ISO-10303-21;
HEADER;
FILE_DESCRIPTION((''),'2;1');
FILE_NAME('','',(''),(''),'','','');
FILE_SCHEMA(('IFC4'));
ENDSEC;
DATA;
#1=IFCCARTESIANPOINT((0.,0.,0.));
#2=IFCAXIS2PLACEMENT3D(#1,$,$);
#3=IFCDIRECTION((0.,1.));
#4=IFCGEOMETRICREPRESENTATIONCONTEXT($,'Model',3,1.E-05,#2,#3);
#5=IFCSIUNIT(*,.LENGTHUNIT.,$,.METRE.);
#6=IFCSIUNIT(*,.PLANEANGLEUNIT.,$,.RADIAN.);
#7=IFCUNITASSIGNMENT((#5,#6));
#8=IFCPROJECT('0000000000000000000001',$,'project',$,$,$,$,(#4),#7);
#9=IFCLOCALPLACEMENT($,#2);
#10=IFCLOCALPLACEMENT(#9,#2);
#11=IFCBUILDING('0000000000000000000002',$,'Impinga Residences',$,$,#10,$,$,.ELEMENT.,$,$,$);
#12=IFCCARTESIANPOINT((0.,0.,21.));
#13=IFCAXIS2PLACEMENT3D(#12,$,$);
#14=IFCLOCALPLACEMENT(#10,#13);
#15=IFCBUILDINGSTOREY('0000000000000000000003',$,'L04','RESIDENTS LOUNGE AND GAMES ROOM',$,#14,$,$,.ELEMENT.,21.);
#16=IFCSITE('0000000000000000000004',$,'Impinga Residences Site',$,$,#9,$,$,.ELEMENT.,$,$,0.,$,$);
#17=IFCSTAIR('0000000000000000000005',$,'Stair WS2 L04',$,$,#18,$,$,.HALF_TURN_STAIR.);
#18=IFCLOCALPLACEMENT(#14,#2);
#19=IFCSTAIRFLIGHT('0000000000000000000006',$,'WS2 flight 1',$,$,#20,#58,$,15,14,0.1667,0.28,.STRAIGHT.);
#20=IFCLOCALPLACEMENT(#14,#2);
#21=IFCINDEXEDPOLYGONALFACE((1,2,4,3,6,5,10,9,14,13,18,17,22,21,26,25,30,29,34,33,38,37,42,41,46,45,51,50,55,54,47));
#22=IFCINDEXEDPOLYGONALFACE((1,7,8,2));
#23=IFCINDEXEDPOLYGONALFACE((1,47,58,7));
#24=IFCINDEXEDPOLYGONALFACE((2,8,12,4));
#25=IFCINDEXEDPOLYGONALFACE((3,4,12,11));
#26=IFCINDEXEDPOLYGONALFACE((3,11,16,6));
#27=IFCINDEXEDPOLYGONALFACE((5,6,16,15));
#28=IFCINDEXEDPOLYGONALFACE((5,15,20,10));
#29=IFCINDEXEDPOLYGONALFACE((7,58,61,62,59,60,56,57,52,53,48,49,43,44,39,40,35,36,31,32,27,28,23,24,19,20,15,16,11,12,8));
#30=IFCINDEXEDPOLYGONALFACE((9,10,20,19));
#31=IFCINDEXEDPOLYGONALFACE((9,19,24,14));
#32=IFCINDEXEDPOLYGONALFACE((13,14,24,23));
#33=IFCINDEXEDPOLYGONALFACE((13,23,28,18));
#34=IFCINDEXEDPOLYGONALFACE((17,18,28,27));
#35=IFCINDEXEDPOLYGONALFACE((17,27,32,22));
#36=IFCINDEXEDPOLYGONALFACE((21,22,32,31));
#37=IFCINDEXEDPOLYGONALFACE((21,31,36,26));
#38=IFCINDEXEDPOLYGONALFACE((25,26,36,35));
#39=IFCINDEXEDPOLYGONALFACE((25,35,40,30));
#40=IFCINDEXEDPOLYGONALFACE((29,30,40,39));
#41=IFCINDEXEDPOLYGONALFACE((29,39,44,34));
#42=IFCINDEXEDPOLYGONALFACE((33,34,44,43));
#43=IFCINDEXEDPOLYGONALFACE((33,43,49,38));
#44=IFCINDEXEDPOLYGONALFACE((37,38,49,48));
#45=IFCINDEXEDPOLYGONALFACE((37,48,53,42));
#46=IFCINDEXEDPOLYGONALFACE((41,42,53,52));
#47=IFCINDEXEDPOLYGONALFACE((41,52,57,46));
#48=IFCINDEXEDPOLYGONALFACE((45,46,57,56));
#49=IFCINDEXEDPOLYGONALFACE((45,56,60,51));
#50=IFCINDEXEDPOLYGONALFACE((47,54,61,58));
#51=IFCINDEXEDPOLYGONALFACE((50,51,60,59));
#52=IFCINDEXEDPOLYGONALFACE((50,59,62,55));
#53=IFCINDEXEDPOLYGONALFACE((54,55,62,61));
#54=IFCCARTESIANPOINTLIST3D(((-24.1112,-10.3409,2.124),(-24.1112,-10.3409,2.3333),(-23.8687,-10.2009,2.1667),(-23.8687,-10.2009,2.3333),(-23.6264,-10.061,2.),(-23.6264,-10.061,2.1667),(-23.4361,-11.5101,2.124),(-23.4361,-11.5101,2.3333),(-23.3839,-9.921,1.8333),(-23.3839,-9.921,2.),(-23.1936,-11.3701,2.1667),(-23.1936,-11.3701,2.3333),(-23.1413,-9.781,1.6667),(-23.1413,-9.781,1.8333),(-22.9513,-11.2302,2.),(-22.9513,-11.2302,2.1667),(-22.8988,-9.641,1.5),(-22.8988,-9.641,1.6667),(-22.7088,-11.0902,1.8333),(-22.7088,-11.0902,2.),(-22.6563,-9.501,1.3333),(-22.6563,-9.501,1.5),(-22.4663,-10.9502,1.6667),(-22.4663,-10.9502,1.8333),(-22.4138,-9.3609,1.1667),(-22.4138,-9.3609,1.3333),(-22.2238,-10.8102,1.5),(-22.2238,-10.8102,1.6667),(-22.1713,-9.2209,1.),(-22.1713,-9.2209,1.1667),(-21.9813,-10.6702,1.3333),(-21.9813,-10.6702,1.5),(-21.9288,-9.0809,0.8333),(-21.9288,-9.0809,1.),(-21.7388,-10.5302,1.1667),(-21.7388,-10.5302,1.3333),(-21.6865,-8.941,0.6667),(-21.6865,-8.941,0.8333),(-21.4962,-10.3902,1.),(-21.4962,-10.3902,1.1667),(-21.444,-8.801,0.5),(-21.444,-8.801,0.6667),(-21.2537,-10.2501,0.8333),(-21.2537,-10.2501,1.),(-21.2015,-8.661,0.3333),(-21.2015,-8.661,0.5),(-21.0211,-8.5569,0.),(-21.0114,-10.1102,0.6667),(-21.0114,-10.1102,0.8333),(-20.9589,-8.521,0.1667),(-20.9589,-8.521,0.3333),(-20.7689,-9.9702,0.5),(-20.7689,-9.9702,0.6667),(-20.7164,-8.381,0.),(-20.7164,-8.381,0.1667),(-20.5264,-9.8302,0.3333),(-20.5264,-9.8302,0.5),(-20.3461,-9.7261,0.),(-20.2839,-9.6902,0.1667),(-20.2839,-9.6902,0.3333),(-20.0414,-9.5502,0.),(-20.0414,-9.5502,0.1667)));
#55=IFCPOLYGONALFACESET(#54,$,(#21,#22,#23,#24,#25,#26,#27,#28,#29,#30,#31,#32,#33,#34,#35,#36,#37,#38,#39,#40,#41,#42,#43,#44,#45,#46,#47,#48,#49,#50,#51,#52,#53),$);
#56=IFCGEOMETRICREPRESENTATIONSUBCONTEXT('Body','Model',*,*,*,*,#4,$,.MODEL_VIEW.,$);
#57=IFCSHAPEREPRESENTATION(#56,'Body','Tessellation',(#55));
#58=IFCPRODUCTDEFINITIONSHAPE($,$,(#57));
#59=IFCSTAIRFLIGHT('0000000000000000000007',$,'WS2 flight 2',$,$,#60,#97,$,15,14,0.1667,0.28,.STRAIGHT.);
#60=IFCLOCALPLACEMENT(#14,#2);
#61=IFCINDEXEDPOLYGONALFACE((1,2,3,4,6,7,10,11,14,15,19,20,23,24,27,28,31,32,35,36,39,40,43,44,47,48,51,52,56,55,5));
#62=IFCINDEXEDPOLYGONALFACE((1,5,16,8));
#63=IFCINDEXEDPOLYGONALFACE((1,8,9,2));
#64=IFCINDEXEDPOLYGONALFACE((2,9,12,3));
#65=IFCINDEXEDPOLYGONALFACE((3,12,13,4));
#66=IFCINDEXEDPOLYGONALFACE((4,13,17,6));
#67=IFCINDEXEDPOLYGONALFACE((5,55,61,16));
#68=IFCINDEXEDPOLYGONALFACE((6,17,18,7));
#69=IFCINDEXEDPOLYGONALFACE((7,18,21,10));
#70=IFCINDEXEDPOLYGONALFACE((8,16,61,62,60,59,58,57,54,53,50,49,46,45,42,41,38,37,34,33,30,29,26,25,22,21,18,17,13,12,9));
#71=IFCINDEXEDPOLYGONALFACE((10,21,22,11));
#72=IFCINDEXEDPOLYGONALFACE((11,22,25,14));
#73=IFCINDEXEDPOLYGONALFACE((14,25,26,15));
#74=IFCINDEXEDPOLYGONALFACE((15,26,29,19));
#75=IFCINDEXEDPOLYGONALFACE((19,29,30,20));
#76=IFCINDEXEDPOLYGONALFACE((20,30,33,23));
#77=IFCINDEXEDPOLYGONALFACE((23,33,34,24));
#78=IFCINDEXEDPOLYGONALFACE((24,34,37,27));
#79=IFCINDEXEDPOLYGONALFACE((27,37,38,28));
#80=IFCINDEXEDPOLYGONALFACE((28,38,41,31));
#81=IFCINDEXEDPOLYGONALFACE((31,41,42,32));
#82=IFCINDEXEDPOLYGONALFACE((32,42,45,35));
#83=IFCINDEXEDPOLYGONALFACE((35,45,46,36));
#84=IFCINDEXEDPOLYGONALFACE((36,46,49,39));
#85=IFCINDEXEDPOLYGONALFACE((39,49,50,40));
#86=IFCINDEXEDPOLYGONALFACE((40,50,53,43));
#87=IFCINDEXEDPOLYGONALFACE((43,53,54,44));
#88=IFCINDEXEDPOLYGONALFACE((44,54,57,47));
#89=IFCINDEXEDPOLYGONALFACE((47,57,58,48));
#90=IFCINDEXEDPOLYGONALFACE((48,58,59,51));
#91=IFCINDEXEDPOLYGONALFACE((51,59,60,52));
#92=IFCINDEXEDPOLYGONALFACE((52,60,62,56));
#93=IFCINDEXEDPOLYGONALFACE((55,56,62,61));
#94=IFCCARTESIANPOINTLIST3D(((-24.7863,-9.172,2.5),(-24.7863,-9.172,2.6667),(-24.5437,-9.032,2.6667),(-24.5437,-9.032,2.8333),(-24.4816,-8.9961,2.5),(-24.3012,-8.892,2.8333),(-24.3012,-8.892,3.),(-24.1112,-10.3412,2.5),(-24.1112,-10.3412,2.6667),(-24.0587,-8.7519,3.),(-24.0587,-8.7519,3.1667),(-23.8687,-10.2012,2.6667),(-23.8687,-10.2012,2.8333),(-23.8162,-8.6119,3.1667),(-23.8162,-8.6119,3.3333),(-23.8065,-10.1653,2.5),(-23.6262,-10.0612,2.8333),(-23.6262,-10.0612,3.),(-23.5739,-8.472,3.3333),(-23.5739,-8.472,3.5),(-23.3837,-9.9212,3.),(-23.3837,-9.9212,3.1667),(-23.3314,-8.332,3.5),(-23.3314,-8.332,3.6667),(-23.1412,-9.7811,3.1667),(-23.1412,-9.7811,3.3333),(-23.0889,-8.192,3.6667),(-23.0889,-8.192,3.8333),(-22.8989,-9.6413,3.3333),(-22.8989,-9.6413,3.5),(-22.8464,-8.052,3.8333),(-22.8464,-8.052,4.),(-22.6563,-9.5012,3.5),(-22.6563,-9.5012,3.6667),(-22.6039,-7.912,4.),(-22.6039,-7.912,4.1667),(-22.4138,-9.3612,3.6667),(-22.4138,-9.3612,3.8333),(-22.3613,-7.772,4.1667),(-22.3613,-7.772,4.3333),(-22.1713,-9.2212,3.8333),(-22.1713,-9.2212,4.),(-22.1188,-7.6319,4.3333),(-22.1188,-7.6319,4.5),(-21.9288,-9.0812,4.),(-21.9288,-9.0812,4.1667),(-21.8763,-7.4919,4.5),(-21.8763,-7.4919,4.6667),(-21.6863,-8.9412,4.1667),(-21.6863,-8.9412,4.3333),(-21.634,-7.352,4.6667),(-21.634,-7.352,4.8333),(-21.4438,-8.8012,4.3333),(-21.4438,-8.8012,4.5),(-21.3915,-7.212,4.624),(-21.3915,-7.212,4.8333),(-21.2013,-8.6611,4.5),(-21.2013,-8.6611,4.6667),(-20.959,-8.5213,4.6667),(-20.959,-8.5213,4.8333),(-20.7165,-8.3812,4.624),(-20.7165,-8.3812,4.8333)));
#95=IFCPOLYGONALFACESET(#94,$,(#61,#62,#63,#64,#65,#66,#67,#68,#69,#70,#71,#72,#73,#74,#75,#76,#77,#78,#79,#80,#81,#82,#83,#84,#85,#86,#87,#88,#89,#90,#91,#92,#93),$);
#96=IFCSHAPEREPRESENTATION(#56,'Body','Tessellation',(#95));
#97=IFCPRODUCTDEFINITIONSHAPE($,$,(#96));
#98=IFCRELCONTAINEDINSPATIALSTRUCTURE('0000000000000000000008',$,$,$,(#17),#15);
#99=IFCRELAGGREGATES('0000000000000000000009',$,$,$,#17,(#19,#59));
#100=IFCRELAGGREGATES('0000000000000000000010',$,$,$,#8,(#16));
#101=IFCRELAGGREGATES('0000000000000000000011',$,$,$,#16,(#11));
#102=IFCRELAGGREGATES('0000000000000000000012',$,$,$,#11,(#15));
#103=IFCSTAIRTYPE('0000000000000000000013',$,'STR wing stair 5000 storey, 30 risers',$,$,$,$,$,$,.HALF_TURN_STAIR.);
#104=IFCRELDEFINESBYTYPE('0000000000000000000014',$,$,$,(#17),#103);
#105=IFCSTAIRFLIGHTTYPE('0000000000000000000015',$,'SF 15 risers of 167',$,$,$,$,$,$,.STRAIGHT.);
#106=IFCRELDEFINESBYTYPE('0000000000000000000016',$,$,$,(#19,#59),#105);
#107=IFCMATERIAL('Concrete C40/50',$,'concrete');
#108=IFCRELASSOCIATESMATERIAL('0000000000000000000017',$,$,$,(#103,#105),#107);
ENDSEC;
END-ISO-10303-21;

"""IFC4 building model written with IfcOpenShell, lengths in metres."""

from ifc_helpers import new_model, si_unit, direction, frame, origin, place, context, subcontext, project, spatial, polyline, outline, extrude, material, type_object, element, aggregate, save


model = new_model("IFC4")

# Units and contexts
model_context = context("Model", 3, precision=1e-05, world=origin(), true_north=direction((0.0, 1.0)))
body_context = subcontext(model_context, "Body", "Model", "MODEL_VIEW")
ifc_project = project(units=[si_unit("LENGTHUNIT", "METRE"), si_unit("PLANEANGLEUNIT", "RADIAN")], contexts=[model_context])

# Site, building, storey
site_placement = place(None, origin())
site = spatial("IfcSite", under=ifc_project, at=site_placement, Name="Impinga Residences Site", CompositionType="ELEMENT", RefElevation=0.0)
building_placement = place(site_placement, origin())
building = spatial("IfcBuilding", under=site, at=building_placement, Name="Impinga Residences", CompositionType="ELEMENT")
storey_placement = place(building_placement, frame((0.0, 0.0, 21.0)))
storey = spatial("IfcBuildingStorey", under=building, at=storey_placement, Name="L04", Description="RESIDENTS LOUNGE AND GAMES ROOM", CompositionType="ELEMENT", Elevation=21.0)

# Stair, stair flights
ifc_material_1 = material(Name="Concrete C40/50", Category="concrete")
stair_type = type_object("IfcStairType", Name="STR wing stair 5000 storey, 30 risers", PredefinedType="HALF_TURN_STAIR", material=ifc_material_1)
stair_placement = place(storey_placement, origin())
stair = element("IfcStair", 1, at=stair_placement, inside=storey, type_object=stair_type, Name="Stair WS2 L04", PredefinedType="HALF_TURN_STAIR")
stair_flight_type = type_object("IfcStairFlightType", Name="SF 15 risers of 167", PredefinedType="STRAIGHT", material=ifc_material_1)
stair_flight_1_placement = place(storey_placement, frame((-20.3789, -8.9656, 0.0), z_axis=(0.0, 0.0, 1.0), x_axis=(-0.866025, -0.5, 0.0)))
stair_flight_1 = element("IfcStairFlight", 2, at=stair_flight_1_placement, type_object=stair_flight_type, Name="WS2 flight 1", NumberOfRisers=15, NumberOfTreads=14, PredefinedType="STRAIGHT", RiserHeight=0.1667, TreadLength=0.28, context=body_context, shape_type="SweptSolid", body=[
    extrude(outline(polyline([(0.0, 0.0), (0.0, 0.1667), (0.28, 0.1667), (0.28, 0.3333), (0.5601, 0.3333), (0.5601, 0.5), (0.8401, 0.5), (0.8401, 0.6667), (1.1201, 0.6667), (1.1201, 0.8333), (1.3999, 0.8333), (1.3999, 1.0), (1.6799, 1.0), (1.6799, 1.1667), (1.96, 1.1667), (1.96, 1.3333), (2.24, 1.3333), (2.24, 1.5), (2.52, 1.5), (2.52, 1.6667), (2.8, 1.6667), (2.8, 1.8333), (3.0801, 1.8333), (3.0801, 2.0), (3.3601, 2.0), (3.3601, 2.1667), (3.6399, 2.1667), (3.6399, 2.3333), (3.9199, 2.3333), (3.9199, 2.5), (3.9199, 2.124), (0.3518, 0.0), (0.0, 0.0)])), frame((0.0, 0.675, 0.0), z_axis=(0.0, -1.0, 0.0), x_axis=(1.0, 0.0, 0.0)), (0.0, 0.0, 1.0), 1.3501),
])
stair_flight_2_placement = place(storey_placement, frame((-24.4487, -9.7566, 2.5), z_axis=(0.0, 0.0, 1.0), x_axis=(0.866025, 0.5, 0.0)))
stair_flight_2 = element("IfcStairFlight", 3, at=stair_flight_2_placement, type_object=stair_flight_type, Name="WS2 flight 2", NumberOfRisers=15, NumberOfTreads=14, PredefinedType="STRAIGHT", RiserHeight=0.1667, TreadLength=0.28, context=body_context, shape_type="SweptSolid", body=[
    extrude(outline(polyline([(0.0, 0.0), (0.0, 0.1667), (0.28, 0.1667), (0.28, 0.3333), (0.5601, 0.3333), (0.5601, 0.5), (0.8401, 0.5), (0.8401, 0.6667), (1.1201, 0.6667), (1.1201, 0.8333), (1.3999, 0.8333), (1.3999, 1.0), (1.6799, 1.0), (1.6799, 1.1667), (1.96, 1.1667), (1.96, 1.3333), (2.24, 1.3333), (2.24, 1.5), (2.52, 1.5), (2.52, 1.6667), (2.8, 1.6667), (2.8, 1.8333), (3.0801, 1.8333), (3.0801, 2.0), (3.3601, 2.0), (3.3601, 2.1667), (3.6399, 2.1667), (3.6399, 2.3333), (3.9199, 2.3333), (3.9199, 2.5), (3.9199, 2.124), (0.3518, 0.0), (0.0, 0.0)])), frame((0.0, 0.675, 0.0), z_axis=(0.0, -1.0, 0.0), x_axis=(1.0, 0.0, 0.0)), (0.0, 0.0, 1.0), 1.3501),
])
aggregate(stair, [stair_flight_1, stair_flight_2])

save(model, "model.ifc")
